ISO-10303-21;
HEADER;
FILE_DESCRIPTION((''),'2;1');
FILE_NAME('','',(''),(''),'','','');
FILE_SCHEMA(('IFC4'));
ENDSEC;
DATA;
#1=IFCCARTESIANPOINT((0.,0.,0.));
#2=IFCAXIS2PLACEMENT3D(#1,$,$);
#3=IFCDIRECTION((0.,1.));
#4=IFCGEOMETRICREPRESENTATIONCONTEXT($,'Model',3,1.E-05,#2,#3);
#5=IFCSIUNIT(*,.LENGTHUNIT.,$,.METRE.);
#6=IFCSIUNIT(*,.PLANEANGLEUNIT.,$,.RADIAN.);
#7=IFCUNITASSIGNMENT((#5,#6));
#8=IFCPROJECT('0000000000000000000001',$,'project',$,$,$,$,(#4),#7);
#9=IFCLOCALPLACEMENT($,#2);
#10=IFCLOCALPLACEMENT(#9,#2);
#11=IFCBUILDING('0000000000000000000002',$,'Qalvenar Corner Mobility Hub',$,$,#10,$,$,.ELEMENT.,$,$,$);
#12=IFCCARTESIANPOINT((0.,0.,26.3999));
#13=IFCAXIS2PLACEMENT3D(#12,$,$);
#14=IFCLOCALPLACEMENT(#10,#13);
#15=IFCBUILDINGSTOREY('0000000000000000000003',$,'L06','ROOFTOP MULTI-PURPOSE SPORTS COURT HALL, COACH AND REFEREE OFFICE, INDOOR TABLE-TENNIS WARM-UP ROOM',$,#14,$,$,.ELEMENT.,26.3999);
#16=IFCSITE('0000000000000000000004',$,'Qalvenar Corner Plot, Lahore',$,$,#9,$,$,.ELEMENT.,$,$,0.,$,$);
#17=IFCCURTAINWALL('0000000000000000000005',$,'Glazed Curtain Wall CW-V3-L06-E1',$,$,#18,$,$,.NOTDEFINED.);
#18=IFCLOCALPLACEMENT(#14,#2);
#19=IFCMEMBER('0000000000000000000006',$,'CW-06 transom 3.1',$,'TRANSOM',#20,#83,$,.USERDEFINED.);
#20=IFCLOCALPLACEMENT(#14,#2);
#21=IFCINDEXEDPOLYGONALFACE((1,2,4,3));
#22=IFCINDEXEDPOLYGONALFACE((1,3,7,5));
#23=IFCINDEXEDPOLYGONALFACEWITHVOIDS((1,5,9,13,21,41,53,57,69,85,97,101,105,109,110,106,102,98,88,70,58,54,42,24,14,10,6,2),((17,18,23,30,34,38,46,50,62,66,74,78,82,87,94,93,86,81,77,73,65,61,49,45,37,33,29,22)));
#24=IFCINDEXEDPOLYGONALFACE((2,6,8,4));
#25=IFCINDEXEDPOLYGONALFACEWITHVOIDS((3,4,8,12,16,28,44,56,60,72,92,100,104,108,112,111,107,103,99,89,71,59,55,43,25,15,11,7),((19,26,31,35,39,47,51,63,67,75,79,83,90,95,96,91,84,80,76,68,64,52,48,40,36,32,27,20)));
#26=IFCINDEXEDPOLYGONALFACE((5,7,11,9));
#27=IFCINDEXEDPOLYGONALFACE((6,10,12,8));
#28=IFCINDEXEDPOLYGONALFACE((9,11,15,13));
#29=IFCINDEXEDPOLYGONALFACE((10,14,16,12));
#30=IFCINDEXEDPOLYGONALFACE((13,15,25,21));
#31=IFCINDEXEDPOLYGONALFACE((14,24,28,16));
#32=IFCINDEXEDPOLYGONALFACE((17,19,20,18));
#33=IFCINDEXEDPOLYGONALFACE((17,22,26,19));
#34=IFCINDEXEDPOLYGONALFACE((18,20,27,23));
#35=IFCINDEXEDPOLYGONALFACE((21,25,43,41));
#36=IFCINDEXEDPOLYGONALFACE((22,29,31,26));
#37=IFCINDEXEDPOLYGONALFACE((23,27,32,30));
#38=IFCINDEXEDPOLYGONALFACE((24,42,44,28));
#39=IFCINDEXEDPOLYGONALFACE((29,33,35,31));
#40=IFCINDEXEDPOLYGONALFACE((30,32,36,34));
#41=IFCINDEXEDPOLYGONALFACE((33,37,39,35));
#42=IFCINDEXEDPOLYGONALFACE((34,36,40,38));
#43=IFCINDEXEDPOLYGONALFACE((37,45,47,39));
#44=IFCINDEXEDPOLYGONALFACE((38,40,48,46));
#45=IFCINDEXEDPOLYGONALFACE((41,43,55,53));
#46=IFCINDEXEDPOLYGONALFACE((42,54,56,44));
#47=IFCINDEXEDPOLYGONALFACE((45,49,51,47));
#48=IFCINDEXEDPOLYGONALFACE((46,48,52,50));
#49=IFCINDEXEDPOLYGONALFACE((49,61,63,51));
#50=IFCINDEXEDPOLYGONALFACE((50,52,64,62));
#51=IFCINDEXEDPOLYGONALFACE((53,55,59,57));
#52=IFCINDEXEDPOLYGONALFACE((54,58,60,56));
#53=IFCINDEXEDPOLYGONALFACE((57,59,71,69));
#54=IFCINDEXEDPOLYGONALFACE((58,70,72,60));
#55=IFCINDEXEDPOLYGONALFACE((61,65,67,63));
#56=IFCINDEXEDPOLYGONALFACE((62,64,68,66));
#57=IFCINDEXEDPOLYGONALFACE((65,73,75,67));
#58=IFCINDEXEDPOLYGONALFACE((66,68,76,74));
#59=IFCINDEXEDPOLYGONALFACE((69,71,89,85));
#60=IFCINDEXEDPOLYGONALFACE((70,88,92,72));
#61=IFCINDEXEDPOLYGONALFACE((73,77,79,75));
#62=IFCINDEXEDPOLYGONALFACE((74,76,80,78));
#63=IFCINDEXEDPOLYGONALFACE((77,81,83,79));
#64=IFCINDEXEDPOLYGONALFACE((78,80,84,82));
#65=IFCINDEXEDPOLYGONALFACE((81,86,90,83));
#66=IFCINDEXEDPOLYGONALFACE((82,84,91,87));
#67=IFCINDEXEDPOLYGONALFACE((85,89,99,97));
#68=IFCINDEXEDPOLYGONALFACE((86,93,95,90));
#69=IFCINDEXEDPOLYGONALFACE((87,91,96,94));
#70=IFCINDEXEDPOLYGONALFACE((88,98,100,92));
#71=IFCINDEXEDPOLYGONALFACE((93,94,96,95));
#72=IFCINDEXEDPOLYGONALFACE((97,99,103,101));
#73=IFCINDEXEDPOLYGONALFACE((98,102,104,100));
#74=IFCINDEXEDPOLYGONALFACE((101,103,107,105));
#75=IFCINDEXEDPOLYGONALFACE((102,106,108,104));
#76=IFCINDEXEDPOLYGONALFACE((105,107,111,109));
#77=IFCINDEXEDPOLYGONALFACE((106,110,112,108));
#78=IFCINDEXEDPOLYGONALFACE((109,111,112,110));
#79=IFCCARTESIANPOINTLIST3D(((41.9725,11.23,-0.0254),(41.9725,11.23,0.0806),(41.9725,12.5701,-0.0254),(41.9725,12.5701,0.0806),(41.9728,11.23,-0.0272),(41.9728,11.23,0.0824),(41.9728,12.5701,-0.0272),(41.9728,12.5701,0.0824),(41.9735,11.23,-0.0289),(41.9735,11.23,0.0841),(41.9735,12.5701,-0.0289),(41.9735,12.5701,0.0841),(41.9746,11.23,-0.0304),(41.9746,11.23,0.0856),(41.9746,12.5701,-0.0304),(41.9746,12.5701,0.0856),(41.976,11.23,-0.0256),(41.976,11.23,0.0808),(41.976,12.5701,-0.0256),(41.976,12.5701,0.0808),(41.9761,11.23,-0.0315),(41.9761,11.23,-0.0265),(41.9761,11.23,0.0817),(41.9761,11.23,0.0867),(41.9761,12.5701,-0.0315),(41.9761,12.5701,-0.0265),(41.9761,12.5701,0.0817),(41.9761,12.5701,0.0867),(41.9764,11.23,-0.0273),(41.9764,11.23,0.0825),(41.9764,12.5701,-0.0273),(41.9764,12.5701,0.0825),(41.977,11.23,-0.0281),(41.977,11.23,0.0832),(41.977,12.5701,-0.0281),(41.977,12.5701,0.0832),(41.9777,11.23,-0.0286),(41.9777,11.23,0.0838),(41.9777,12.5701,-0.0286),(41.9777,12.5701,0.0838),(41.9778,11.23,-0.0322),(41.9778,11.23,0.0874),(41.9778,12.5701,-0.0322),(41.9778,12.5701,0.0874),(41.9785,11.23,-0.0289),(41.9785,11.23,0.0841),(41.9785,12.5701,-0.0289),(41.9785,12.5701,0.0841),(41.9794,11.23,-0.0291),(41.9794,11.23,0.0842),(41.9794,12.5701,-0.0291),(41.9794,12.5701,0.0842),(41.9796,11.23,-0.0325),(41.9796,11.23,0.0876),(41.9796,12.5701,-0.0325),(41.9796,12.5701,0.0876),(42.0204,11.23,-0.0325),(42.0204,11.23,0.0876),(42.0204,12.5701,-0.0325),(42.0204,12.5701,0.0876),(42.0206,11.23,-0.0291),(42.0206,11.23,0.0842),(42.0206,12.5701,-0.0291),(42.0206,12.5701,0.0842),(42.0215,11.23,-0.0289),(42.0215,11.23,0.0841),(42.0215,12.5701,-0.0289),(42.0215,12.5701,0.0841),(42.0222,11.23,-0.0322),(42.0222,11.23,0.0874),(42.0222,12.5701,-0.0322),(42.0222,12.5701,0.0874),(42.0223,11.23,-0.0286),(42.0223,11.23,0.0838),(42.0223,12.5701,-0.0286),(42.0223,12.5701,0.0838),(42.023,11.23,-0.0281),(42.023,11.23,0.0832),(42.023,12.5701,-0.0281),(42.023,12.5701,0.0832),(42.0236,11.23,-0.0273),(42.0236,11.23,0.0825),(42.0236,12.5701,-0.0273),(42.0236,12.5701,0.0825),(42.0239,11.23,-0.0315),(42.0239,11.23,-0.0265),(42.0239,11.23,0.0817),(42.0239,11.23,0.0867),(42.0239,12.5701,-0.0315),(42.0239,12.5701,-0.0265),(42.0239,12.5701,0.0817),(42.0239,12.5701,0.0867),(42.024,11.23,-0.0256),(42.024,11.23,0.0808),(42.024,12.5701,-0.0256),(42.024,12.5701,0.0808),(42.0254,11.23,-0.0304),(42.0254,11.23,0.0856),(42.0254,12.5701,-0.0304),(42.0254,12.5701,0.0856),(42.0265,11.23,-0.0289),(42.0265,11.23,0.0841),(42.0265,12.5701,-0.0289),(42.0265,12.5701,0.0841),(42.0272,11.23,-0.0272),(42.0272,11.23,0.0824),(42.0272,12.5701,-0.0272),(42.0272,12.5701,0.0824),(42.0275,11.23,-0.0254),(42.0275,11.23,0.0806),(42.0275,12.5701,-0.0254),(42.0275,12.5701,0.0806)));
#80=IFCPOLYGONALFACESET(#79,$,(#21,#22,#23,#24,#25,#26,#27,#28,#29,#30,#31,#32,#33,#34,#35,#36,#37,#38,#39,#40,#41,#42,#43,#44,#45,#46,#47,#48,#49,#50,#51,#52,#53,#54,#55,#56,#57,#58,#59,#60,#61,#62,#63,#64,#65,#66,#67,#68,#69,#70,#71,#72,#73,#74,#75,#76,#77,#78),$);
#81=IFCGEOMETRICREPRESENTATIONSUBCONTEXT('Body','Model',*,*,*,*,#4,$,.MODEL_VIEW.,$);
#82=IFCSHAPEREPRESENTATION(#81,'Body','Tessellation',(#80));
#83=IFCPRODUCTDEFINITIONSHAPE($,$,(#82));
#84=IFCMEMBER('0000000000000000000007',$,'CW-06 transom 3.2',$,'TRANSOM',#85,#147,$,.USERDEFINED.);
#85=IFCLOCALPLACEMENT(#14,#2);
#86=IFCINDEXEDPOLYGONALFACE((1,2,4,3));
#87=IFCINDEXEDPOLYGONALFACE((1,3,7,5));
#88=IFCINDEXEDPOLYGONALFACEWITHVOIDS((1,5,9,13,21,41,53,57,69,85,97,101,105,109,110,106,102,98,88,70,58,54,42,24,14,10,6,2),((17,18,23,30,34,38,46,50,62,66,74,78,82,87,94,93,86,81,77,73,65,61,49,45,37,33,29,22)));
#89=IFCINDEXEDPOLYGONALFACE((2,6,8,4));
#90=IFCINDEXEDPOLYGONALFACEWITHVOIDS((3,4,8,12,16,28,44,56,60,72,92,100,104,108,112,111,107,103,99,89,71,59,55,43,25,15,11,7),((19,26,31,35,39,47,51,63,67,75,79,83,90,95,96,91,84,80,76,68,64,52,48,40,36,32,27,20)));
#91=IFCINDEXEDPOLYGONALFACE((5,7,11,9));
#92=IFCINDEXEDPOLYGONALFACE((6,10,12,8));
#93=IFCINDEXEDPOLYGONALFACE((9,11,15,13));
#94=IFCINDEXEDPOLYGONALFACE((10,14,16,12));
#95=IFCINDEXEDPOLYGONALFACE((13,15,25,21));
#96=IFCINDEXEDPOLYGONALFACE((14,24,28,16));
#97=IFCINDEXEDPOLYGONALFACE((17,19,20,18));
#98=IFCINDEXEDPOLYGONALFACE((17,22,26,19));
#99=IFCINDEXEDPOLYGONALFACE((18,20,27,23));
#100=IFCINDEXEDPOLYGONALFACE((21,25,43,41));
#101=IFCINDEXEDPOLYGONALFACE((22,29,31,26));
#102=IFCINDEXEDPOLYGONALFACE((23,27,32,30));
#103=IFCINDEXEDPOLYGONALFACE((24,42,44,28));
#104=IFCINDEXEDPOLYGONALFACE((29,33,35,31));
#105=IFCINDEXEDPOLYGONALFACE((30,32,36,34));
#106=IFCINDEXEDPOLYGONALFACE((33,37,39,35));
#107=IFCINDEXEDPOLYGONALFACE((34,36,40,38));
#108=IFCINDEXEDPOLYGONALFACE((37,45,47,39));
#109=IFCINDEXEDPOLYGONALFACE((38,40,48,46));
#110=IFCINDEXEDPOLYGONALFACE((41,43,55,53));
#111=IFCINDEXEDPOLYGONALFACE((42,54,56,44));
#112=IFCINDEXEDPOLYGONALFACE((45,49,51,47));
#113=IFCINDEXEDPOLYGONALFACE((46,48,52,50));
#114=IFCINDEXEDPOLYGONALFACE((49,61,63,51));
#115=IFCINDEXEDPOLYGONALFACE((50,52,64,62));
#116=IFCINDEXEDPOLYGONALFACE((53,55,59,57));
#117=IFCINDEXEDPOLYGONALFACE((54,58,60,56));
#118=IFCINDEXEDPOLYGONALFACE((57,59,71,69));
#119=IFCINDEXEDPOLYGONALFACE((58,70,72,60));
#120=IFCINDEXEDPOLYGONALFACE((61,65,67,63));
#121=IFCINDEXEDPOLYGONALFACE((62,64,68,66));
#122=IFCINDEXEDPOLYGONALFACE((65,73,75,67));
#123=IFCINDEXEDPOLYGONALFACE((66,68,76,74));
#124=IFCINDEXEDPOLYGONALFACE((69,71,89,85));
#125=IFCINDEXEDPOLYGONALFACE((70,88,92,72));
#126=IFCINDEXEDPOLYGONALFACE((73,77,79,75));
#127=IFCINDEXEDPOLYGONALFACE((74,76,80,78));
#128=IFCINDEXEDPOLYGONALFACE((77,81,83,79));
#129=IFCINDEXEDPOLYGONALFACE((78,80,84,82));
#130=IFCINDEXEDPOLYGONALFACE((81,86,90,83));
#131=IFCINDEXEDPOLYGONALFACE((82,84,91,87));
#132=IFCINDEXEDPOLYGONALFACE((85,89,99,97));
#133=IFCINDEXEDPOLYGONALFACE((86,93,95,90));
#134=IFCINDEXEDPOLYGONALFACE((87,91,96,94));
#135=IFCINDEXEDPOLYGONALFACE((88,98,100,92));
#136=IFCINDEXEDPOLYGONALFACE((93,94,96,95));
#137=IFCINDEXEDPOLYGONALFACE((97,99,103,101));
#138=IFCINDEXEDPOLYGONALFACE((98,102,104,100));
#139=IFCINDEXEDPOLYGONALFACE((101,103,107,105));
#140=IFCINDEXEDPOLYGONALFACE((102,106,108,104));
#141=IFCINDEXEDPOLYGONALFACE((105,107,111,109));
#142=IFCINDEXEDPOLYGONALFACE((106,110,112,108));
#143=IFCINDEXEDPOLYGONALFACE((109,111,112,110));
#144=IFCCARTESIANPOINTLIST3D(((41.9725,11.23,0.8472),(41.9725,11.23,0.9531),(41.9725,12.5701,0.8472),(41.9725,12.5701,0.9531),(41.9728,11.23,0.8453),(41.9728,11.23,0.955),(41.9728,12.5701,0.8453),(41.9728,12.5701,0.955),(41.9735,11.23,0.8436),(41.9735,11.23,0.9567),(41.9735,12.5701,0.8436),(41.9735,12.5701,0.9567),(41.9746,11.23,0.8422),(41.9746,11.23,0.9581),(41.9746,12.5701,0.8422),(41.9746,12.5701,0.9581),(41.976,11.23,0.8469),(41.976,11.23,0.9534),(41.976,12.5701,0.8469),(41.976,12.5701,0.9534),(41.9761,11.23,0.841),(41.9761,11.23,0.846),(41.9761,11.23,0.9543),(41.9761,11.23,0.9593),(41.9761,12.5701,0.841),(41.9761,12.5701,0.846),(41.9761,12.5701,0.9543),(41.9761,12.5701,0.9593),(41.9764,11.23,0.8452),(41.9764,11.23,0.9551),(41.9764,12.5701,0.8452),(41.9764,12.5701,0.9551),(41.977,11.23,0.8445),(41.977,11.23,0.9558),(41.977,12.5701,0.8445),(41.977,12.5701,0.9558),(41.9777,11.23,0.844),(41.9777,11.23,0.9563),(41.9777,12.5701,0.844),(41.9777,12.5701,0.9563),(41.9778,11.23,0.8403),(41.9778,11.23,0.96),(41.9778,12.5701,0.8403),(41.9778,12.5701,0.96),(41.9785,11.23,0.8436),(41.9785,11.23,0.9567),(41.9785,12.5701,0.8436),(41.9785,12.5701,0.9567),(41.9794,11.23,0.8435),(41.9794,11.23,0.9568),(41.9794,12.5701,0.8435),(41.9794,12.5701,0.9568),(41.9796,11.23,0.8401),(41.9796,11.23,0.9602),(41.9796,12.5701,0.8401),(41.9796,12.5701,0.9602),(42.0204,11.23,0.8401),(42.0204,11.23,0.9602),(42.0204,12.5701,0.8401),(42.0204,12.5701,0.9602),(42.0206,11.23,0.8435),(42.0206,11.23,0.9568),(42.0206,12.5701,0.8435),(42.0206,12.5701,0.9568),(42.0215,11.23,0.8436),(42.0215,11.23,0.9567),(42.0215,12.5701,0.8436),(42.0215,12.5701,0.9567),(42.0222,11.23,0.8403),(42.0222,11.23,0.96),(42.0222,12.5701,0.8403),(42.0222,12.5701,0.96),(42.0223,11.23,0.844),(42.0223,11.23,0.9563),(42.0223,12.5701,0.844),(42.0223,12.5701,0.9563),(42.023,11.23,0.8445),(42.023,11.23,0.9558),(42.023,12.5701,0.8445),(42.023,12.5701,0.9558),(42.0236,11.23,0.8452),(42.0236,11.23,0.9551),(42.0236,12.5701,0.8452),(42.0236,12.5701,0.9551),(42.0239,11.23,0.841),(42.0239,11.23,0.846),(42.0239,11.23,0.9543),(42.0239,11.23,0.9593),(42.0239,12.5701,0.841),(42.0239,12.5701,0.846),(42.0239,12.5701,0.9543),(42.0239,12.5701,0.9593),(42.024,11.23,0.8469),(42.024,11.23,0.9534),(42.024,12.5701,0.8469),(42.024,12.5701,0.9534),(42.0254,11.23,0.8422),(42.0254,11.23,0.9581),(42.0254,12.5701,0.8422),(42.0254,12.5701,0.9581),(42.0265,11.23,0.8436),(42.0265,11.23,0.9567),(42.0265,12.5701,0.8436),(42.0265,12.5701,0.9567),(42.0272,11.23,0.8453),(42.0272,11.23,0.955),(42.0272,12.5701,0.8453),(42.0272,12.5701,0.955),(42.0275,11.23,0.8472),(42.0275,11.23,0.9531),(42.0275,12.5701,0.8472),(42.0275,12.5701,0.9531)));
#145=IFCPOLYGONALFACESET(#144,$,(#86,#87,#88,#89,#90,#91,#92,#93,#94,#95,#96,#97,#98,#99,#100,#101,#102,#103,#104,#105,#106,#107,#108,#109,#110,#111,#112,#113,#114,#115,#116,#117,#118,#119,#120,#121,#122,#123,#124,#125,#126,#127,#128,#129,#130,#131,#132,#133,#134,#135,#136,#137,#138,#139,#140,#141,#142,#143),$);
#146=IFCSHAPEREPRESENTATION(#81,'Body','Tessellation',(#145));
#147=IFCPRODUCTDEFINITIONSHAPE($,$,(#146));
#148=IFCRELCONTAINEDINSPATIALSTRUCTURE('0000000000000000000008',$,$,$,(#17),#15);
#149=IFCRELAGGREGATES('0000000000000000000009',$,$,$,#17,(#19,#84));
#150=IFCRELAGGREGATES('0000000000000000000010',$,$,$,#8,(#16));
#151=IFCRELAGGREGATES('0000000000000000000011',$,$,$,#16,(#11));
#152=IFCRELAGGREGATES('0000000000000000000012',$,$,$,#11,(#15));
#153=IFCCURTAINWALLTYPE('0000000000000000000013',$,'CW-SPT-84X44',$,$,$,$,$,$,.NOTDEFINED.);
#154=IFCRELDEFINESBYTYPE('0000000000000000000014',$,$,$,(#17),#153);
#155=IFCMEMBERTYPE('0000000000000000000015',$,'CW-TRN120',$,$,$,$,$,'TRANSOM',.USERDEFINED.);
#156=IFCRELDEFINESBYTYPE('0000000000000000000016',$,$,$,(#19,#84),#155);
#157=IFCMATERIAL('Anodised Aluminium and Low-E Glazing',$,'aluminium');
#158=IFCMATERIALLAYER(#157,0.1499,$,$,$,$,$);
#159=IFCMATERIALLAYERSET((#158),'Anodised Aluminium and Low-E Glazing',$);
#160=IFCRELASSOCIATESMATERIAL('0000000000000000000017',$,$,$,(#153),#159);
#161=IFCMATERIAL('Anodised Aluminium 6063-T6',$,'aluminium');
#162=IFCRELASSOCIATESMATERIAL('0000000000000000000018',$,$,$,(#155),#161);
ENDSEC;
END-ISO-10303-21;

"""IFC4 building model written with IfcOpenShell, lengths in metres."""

from ifc_helpers import new_model, si_unit, direction, frame, origin, origin_2d, place, context, subcontext, project, spatial, hollow_rectangle, extrude, material, layer, layer_set, material_profile, profile_set, type_object, element, aggregate, save


model = new_model("IFC4")

# Units and contexts
model_context = context("Model", 3, precision=1e-05, world=origin(), true_north=direction((0.0, 1.0)))
body_context = subcontext(model_context, "Body", "Model", "MODEL_VIEW")
ifc_project = project(units=[si_unit("LENGTHUNIT", "METRE"), si_unit("PLANEANGLEUNIT", "RADIAN")], contexts=[model_context])

# Site, building, storey
site_placement = place(None, origin())
site = spatial("IfcSite", under=ifc_project, at=site_placement, Name="Qalvenar Corner Plot, Lahore", CompositionType="ELEMENT", RefElevation=0.0)
building_placement = place(site_placement, origin())
building = spatial("IfcBuilding", under=site, at=building_placement, Name="Qalvenar Corner Mobility Hub", CompositionType="ELEMENT")
storey_placement = place(building_placement, frame((0.0, 0.0, 26.3999)))
storey = spatial("IfcBuildingStorey", under=building, at=storey_placement, Name="L06", Description="ROOFTOP MULTI-PURPOSE SPORTS COURT HALL, COACH AND REFEREE OFFICE, INDOOR TABLE-TENNIS WARM-UP ROOM", CompositionType="ELEMENT", Elevation=26.3999)

# Curtain wall, members
ifc_material_1 = material(Name="Anodised Aluminium and Low-E Glazing", Category="aluminium")
ifc_layer_1 = layer(ifc_material_1, 0.1499)
ifc_layer_set_1 = layer_set([ifc_layer_1], Name="Anodised Aluminium and Low-E Glazing")
curtain_wall_type = type_object("IfcCurtainWallType", Name="CW-SPT-84X44", PredefinedType="NOTDEFINED", material=ifc_layer_set_1)
curtain_wall_placement = place(storey_placement, origin())
curtain_wall = element("IfcCurtainWall", 1, at=curtain_wall_placement, inside=storey, type_object=curtain_wall_type, Name="Glazed Curtain Wall CW-V3-L06-E1", PredefinedType="NOTDEFINED")
ifc_material_2 = material(Name="Anodised Aluminium 6063-T6", Category="aluminium")
ifc_material_profile_1 = material_profile(ifc_material_2, hollow_rectangle(XDim=0.0549, YDim=0.1201, WallThickness=0.0034, InnerFilletRadius=0.0034, OuterFilletRadius=0.0071, at=origin_2d()), Name="RHS120x55x3.5")
ifc_profile_set_1 = profile_set([ifc_material_profile_1], Name="Anodised Aluminium 6063-T6")
member_type_1 = type_object("IfcMemberType", Name="CW-TRN120", ElementType="TRANSOM", PredefinedType="USERDEFINED", material=ifc_profile_set_1)
member_1_placement = place(storey_placement, frame((42.0, 11.23, 0.0276), z_axis=(0.0, 1.0, 0.0), x_axis=(-1.0, 0.0, 0.0)))
member_1 = element("IfcMember", 2, at=member_1_placement, type_object=member_type_1, Name="CW-06 transom 3.1", ObjectType="TRANSOM", PredefinedType="USERDEFINED", context=body_context, shape_type="SweptSolid", body=[
    extrude(hollow_rectangle(XDim=0.0549, YDim=0.1201, WallThickness=0.0034, InnerFilletRadius=0.0034, OuterFilletRadius=0.0071, at=origin_2d()), origin(), (0.0, 0.0, 1.0), 1.3401),
])
member_2_placement = place(storey_placement, frame((42.0, 11.23, 0.9001), z_axis=(0.0, 1.0, 0.0), x_axis=(-1.0, 0.0, 0.0)))
member_2 = element("IfcMember", 3, at=member_2_placement, type_object=member_type_1, Name="CW-06 transom 3.2", ObjectType="TRANSOM", PredefinedType="USERDEFINED", context=body_context, shape_type="SweptSolid", body=[
    extrude(hollow_rectangle(XDim=0.0549, YDim=0.1201, WallThickness=0.0034, InnerFilletRadius=0.0034, OuterFilletRadius=0.0071, at=origin_2d()), origin(), (0.0, 0.0, 1.0), 1.3401),
])
aggregate(curtain_wall, [member_1, member_2])

save(model, "model.ifc")
